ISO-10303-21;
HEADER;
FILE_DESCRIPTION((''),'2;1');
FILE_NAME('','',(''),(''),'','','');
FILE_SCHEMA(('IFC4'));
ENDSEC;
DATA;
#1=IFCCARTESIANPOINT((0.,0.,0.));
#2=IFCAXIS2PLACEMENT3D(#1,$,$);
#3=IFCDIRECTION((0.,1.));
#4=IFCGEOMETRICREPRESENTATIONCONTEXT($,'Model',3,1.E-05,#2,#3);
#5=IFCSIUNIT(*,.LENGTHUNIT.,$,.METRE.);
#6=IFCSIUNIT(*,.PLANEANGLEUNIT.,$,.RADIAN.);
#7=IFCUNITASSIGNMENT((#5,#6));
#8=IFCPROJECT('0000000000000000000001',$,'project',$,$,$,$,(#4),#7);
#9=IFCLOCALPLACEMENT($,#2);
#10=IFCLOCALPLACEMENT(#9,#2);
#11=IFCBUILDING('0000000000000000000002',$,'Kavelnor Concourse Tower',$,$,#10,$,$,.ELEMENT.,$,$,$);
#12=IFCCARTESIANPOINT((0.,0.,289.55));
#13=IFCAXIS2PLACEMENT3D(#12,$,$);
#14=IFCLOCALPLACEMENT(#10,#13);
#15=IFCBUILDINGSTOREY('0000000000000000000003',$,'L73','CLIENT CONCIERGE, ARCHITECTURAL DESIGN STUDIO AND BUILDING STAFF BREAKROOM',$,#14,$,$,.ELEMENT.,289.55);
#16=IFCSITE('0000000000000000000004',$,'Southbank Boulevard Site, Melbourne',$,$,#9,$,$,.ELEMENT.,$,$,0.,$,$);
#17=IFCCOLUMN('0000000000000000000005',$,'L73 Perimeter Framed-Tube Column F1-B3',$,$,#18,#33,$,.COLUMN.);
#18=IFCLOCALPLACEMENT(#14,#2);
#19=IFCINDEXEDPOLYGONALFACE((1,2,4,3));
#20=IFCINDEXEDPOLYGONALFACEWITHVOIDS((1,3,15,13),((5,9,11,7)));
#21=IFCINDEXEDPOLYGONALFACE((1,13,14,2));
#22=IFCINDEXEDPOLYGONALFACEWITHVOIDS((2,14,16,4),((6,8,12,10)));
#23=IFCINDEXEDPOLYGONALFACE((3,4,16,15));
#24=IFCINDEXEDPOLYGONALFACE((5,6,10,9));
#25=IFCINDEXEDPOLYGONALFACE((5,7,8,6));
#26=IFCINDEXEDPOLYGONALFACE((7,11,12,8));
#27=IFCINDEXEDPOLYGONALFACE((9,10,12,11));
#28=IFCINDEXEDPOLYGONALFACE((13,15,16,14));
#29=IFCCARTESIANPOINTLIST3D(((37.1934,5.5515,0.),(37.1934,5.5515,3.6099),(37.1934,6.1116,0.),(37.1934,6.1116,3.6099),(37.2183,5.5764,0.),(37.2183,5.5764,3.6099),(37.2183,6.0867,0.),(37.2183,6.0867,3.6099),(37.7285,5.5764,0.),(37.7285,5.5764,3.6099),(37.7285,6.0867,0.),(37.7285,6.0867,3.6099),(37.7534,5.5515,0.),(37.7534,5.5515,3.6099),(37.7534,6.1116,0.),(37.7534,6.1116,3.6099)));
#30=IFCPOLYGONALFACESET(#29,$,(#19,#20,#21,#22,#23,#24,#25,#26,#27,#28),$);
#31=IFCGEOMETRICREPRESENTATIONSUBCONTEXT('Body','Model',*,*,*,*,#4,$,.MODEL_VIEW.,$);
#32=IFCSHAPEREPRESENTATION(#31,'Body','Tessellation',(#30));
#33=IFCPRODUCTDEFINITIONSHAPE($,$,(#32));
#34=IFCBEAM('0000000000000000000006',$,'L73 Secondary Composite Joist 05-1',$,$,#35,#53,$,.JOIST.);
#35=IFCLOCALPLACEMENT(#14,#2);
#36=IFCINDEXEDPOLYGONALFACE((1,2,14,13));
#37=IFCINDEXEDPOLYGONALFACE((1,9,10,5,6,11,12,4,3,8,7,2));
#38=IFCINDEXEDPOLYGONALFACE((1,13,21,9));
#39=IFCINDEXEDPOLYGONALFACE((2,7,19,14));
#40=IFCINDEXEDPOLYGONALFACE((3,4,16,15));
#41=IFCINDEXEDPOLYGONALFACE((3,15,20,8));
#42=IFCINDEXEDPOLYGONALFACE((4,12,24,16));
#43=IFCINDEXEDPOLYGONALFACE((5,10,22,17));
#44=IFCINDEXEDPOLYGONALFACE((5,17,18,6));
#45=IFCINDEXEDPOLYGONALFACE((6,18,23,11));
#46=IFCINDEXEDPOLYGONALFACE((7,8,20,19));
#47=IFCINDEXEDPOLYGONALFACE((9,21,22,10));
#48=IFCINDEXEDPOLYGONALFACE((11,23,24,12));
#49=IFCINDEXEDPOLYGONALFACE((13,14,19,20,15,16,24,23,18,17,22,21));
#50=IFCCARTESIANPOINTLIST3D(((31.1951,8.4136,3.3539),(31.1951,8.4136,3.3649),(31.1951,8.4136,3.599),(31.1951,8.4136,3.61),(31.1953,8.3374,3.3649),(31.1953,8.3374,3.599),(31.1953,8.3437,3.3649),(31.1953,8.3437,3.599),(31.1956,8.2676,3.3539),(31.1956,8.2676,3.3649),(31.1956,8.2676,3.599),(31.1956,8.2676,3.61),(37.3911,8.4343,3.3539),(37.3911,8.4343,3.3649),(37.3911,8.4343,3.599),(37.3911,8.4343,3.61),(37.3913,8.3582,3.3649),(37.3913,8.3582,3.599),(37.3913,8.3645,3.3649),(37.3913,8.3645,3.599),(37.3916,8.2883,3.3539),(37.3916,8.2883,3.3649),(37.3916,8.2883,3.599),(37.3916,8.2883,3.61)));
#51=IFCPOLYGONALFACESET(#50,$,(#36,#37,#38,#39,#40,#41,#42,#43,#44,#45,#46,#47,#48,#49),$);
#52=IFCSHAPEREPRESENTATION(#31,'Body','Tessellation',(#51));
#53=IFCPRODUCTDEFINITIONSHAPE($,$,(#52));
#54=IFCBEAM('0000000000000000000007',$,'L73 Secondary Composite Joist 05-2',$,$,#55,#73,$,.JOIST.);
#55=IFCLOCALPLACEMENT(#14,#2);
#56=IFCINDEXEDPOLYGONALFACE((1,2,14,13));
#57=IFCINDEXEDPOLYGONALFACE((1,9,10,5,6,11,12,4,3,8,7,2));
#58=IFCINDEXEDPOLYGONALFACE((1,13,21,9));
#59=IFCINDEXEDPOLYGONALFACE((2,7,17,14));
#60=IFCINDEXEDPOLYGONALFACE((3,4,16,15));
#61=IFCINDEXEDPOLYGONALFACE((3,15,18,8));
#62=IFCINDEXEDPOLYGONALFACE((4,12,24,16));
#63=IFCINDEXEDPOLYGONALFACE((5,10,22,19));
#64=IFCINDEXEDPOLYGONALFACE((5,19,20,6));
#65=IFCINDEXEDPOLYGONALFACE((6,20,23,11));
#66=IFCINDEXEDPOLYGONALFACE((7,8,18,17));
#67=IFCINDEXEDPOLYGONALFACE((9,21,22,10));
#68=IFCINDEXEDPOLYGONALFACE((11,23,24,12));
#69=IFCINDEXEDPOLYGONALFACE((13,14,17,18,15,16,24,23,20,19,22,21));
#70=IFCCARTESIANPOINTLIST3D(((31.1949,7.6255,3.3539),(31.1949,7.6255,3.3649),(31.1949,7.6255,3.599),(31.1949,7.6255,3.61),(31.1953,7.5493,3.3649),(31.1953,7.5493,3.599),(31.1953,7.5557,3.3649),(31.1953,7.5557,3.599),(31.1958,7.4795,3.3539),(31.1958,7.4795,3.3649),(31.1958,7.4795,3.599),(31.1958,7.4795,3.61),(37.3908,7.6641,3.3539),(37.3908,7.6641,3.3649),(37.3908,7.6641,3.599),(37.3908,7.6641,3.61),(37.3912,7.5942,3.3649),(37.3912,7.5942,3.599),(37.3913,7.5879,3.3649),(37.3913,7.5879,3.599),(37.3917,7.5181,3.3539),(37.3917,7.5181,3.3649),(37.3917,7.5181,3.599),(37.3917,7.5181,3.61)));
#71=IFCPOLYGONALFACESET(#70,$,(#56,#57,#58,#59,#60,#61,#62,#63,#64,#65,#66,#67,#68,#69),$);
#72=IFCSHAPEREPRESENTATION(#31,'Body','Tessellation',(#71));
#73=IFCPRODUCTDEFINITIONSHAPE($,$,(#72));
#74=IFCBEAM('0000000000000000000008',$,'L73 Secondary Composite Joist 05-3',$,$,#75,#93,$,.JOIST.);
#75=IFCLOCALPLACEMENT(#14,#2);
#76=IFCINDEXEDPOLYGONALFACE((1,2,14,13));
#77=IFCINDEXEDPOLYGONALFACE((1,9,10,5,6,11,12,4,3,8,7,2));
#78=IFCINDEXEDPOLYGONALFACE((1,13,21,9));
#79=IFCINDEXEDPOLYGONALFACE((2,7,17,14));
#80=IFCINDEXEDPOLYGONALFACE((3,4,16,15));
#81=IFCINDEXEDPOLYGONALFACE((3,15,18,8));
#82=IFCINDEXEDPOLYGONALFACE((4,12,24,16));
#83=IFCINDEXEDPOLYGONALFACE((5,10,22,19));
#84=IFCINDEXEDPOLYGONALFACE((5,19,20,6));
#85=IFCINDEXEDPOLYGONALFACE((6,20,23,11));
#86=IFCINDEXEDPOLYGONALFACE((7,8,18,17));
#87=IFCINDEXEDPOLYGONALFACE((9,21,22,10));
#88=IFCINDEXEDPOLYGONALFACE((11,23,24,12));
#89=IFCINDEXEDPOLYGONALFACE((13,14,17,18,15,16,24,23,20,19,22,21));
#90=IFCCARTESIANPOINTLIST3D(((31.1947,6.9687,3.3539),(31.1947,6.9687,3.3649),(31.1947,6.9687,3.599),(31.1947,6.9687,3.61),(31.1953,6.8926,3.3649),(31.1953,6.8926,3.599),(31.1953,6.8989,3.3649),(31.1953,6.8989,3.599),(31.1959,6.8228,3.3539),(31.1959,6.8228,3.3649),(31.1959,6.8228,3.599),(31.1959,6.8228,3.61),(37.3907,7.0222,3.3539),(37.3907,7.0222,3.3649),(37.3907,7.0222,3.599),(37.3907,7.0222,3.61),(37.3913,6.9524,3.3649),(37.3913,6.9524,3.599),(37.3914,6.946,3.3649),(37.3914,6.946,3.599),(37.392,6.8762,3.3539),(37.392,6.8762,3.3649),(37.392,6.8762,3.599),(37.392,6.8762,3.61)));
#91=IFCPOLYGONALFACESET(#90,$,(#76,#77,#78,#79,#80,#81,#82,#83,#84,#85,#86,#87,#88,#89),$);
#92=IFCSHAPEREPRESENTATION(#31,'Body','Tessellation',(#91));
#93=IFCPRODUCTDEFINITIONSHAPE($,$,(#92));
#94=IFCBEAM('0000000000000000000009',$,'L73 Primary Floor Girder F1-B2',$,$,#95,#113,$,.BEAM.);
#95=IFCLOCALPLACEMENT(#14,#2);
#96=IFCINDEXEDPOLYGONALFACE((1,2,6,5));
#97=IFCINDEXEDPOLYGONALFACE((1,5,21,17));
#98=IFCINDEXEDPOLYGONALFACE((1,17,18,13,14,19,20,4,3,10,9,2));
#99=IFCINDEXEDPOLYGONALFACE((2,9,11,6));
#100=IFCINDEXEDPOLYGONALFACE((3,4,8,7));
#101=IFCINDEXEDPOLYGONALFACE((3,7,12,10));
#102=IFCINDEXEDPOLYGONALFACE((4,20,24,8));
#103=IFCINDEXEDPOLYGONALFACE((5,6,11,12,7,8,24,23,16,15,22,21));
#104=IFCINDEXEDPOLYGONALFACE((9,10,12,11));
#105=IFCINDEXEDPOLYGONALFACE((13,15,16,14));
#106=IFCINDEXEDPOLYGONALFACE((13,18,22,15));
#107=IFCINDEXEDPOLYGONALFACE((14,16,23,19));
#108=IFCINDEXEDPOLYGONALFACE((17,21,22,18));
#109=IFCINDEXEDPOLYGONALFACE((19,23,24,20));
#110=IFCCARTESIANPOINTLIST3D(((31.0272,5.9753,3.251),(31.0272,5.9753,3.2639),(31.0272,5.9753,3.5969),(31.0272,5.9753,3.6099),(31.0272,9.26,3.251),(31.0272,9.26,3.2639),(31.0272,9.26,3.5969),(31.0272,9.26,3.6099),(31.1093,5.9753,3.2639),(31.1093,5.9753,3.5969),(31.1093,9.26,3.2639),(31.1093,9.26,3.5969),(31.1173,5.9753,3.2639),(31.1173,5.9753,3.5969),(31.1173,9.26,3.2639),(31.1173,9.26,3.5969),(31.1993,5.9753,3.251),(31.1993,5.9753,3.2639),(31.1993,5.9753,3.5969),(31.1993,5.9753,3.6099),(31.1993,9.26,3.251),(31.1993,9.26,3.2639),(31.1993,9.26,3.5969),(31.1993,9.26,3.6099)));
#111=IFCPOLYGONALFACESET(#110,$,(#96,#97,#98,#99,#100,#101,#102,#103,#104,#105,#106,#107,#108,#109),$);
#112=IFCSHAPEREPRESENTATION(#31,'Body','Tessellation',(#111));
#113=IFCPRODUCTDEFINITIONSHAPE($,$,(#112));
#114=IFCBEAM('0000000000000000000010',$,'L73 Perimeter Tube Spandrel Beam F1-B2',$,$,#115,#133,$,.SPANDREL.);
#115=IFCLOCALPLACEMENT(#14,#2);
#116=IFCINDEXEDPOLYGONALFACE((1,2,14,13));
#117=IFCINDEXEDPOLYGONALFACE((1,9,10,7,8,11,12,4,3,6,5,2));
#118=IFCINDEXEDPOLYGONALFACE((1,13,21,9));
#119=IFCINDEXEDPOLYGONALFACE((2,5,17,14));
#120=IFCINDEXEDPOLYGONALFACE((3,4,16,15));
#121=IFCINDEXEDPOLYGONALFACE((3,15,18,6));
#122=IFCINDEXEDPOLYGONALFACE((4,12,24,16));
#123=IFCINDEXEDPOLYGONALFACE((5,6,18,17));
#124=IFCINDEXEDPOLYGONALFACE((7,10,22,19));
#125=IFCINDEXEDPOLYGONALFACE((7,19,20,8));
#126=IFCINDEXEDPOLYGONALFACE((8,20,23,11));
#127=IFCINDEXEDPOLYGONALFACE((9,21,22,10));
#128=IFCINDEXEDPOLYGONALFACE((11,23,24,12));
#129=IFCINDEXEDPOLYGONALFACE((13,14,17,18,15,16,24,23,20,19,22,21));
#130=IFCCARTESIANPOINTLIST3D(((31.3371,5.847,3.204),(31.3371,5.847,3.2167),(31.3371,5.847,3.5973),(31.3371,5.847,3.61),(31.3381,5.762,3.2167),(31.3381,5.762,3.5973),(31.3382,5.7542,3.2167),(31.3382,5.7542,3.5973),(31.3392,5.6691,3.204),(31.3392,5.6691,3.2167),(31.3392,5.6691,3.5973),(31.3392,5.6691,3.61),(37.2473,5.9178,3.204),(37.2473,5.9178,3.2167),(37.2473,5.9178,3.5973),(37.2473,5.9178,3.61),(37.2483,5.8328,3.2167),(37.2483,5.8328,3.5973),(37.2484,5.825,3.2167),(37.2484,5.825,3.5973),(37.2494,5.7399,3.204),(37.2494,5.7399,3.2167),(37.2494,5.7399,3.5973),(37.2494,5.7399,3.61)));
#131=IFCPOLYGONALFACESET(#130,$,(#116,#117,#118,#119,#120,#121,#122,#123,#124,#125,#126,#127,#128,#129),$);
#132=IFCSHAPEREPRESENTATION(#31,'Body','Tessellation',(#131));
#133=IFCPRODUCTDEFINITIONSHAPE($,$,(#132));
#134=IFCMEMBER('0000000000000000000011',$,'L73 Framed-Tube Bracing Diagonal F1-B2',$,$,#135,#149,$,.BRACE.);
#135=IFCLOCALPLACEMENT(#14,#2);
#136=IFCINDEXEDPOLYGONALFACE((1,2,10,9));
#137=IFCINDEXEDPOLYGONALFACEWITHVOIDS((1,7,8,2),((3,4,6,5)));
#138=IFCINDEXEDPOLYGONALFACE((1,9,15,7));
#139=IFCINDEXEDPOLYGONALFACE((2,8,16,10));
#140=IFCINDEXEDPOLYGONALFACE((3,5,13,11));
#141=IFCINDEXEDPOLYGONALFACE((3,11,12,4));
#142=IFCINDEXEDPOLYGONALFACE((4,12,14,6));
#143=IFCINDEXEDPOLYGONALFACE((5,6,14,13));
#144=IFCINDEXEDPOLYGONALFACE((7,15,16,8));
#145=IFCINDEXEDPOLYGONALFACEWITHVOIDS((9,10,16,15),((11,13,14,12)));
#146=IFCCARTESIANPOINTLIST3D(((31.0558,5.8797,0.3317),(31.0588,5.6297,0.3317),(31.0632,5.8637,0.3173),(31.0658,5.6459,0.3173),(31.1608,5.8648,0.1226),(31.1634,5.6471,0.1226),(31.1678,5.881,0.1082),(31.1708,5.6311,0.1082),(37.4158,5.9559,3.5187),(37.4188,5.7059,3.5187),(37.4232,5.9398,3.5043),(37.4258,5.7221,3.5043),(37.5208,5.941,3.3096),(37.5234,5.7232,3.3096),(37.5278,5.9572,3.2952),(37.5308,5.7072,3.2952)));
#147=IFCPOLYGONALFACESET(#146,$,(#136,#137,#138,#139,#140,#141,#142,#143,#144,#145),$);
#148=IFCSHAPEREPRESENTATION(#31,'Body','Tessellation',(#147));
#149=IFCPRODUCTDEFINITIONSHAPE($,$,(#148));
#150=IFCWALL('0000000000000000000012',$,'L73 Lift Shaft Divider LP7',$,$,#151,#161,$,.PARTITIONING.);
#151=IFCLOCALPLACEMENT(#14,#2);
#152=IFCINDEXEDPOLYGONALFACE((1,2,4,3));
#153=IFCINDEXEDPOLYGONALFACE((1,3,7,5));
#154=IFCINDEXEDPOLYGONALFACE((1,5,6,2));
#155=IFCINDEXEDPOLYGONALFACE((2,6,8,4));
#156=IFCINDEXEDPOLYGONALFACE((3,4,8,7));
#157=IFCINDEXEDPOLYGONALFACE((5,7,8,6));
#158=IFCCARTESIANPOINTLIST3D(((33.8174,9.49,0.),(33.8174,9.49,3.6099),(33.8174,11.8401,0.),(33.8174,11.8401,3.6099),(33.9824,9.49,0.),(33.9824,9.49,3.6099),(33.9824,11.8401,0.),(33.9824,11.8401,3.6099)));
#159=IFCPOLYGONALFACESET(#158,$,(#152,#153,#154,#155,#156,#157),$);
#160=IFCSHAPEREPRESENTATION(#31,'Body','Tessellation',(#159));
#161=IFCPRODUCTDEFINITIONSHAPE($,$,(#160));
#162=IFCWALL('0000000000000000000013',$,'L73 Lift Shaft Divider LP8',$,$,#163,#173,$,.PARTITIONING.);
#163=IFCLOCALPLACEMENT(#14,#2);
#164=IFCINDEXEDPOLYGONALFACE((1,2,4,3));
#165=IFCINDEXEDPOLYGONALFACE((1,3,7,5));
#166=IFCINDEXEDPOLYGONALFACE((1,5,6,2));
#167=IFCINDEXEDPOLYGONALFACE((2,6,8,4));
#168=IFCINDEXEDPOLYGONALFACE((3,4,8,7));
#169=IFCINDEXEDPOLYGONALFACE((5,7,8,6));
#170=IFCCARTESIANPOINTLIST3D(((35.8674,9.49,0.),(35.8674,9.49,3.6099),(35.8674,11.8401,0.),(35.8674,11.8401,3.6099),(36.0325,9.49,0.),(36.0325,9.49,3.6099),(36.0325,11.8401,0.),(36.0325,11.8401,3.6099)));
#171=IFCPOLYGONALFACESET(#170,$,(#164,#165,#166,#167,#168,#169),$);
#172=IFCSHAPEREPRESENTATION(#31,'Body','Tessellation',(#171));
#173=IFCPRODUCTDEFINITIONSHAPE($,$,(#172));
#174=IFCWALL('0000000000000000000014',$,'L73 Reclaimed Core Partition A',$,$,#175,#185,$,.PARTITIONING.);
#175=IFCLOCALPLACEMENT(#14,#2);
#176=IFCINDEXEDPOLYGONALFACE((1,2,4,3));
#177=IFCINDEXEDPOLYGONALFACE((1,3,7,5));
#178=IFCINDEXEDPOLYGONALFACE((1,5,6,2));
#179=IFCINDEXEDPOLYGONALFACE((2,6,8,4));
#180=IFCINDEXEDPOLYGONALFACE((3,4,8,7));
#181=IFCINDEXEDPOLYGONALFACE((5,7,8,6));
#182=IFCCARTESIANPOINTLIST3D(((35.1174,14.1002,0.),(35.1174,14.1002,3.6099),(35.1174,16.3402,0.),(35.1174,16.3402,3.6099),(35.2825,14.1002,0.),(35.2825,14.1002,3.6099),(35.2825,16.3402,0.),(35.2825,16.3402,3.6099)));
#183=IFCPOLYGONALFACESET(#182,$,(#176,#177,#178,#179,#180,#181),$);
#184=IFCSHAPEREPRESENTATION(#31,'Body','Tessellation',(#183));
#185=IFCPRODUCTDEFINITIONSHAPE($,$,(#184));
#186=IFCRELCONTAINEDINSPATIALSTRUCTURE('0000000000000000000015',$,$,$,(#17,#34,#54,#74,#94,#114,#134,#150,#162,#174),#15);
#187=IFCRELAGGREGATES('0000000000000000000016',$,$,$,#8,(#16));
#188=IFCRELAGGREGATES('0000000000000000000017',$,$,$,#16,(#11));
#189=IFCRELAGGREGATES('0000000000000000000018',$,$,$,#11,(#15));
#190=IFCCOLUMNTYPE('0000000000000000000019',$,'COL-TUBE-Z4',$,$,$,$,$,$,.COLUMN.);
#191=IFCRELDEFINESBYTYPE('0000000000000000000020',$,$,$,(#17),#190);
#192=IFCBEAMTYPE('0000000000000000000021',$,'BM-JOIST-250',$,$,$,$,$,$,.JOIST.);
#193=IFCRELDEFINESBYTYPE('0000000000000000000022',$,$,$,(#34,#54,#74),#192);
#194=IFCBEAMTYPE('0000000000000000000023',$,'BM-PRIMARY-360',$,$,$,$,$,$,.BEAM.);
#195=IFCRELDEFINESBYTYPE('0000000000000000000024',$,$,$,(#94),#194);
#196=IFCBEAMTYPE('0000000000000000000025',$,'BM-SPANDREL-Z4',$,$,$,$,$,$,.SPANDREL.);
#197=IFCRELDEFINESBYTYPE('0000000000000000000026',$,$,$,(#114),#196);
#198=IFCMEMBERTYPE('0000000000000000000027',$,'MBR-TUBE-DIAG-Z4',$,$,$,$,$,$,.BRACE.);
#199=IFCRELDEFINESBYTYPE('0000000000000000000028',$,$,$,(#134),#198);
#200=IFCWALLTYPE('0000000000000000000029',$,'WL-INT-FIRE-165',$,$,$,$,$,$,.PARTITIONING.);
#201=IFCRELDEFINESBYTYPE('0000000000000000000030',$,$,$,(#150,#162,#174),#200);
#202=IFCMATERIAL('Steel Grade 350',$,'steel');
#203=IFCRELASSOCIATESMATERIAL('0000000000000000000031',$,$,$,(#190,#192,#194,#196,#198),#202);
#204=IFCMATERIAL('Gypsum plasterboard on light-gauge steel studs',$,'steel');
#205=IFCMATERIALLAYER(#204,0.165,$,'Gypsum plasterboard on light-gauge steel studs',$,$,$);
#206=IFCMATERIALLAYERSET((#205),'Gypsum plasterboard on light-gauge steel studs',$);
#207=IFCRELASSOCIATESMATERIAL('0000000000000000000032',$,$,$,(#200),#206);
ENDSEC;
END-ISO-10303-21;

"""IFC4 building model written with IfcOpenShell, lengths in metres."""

from ifc_helpers import new_model, si_unit, direction, frame, frame_2d, origin, origin_2d, place, context, subcontext, project, spatial, rectangle, hollow_rectangle, i_section, extrude, material, layer, layer_set, material_profile, profile_set, type_object, element, save


model = new_model("IFC4")

# Units and contexts
model_context = context("Model", 3, precision=1e-05, world=origin(), true_north=direction((0.0, 1.0)))
body_context = subcontext(model_context, "Body", "Model", "MODEL_VIEW")
ifc_project = project(units=[si_unit("LENGTHUNIT", "METRE"), si_unit("PLANEANGLEUNIT", "RADIAN")], contexts=[model_context])

# Site, building, storey
site_placement = place(None, origin())
site = spatial("IfcSite", under=ifc_project, at=site_placement, Name="Southbank Boulevard Site, Melbourne", CompositionType="ELEMENT", RefElevation=0.0)
building_placement = place(site_placement, origin())
building = spatial("IfcBuilding", under=site, at=building_placement, Name="Kavelnor Concourse Tower", CompositionType="ELEMENT")
storey_placement = place(building_placement, frame((0.0, 0.0, 289.55)))
storey = spatial("IfcBuildingStorey", under=building, at=storey_placement, Name="L73", Description="CLIENT CONCIERGE, ARCHITECTURAL DESIGN STUDIO AND BUILDING STAFF BREAKROOM", CompositionType="ELEMENT", Elevation=289.55)

# Column
ifc_material_1 = material(Name="Steel Grade 350", Category="steel")
ifc_material_profile_1 = material_profile(ifc_material_1, hollow_rectangle(XDim=0.5601, YDim=0.5601, WallThickness=0.0249, at=origin_2d()), Name="SHS 560x560x25")
ifc_profile_set_1 = profile_set([ifc_material_profile_1], Name="Steel Grade 350")
column_type = type_object("IfcColumnType", Name="COL-TUBE-Z4", PredefinedType="COLUMN", material=ifc_profile_set_1)
column_placement = place(storey_placement, frame((37.4734, 5.8315, 0.0), z_axis=(0.0, 0.0, 1.0), x_axis=(1.0, 0.0, 0.0)))
element("IfcColumn", 1, at=column_placement, inside=storey, type_object=column_type, Name="L73 Perimeter Framed-Tube Column F1-B3", PredefinedType="COLUMN", context=body_context, shape_type="SweptSolid", body=[
    extrude(hollow_rectangle(XDim=0.5601, YDim=0.5601, WallThickness=0.0249, at=origin_2d()), origin(), (0.0, 0.0, 1.0), 3.6099),
])

# Beams
ifc_material_profile_2 = material_profile(ifc_material_1, i_section(OverallWidth=0.146, OverallDepth=0.2561, WebThickness=0.0063, FlangeThickness=0.011, at=origin_2d()), Name="250UB37")
ifc_profile_set_2 = profile_set([ifc_material_profile_2], Name="Steel Grade 350")
beam_type_1 = type_object("IfcBeamType", Name="BM-JOIST-250", PredefinedType="JOIST", material=ifc_profile_set_2)
for number, where, z_axis, x_axis, name in (
    (2, (31.1953, 8.3406, 3.4819), (0.999994, 0.003349, 0.0), (-0.003349, 0.999994, 0.0), "L73 Secondary Composite Joist 05-1"),
    (3, (31.1953, 7.5525, 3.4819), (0.999981, 0.006225, 0.0), (-0.006225, 0.999981, 0.0), "L73 Secondary Composite Joist 05-2"),
):
    element("IfcBeam", number, at=place(storey_placement, frame(where, z_axis=z_axis, x_axis=x_axis)), inside=storey, type_object=beam_type_1, Name=name, PredefinedType="JOIST", context=body_context, shape_type="SweptSolid", body=[
        extrude(i_section(OverallWidth=0.146, OverallDepth=0.2561, WebThickness=0.0063, FlangeThickness=0.011, at=origin_2d()), origin(), (0.0, 0.0, 1.0), 6.196),
    ])
beam_1_placement = place(storey_placement, frame((31.1953, 6.8958, 3.4819), z_axis=(0.999963, 0.008629, 0.0), x_axis=(-0.008629, 0.999963, 0.0)))
element("IfcBeam", 4, at=beam_1_placement, inside=storey, type_object=beam_type_1, Name="L73 Secondary Composite Joist 05-3", PredefinedType="JOIST", context=body_context, shape_type="SweptSolid", body=[
    extrude(i_section(OverallWidth=0.146, OverallDepth=0.2561, WebThickness=0.0063, FlangeThickness=0.011, at=origin_2d()), origin(), (0.0, 0.0, 1.0), 6.1963),
])
ifc_material_profile_3 = material_profile(ifc_material_1, i_section(OverallWidth=0.1721, OverallDepth=0.3589, WebThickness=0.0081, FlangeThickness=0.0129, at=origin_2d()), Name="360UB56")
ifc_profile_set_3 = profile_set([ifc_material_profile_3], Name="Steel Grade 350")
beam_type_2 = type_object("IfcBeamType", Name="BM-PRIMARY-360", PredefinedType="BEAM", material=ifc_profile_set_3)
beam_2_placement = place(storey_placement, frame((31.1133, 9.26, 3.4304), z_axis=(0.0, -1.0, 0.0), x_axis=(1.0, 0.0, 0.0)))
element("IfcBeam", 5, at=beam_2_placement, inside=storey, type_object=beam_type_2, Name="L73 Primary Floor Girder F1-B2", PredefinedType="BEAM", context=body_context, shape_type="SweptSolid", body=[
    extrude(i_section(OverallWidth=0.1721, OverallDepth=0.3589, WebThickness=0.0081, FlangeThickness=0.0129, at=origin_2d()), origin(), (0.0, 0.0, 1.0), 3.2847),
])
ifc_material_profile_4 = material_profile(ifc_material_1, i_section(OverallWidth=0.178, OverallDepth=0.406, WebThickness=0.0078, FlangeThickness=0.0127, at=origin_2d()), Name="410UB59")
ifc_profile_set_4 = profile_set([ifc_material_profile_4], Name="Steel Grade 350")
beam_type_3 = type_object("IfcBeamType", Name="BM-SPANDREL-Z4", PredefinedType="SPANDREL", material=ifc_profile_set_4)
beam_3_placement = place(storey_placement, frame((31.3381, 5.7581, 3.407), z_axis=(0.999928, 0.011979, 0.0), x_axis=(-0.011979, 0.999928, 0.0)))
element("IfcBeam", 6, at=beam_3_placement, inside=storey, type_object=beam_type_3, Name="L73 Perimeter Tube Spandrel Beam F1-B2", PredefinedType="SPANDREL", context=body_context, shape_type="SweptSolid", body=[
    extrude(i_section(OverallWidth=0.178, OverallDepth=0.406, WebThickness=0.0078, FlangeThickness=0.0127, at=origin_2d()), origin(), (0.0, 0.0, 1.0), 5.9106),
])

# Member
ifc_material_profile_5 = material_profile(ifc_material_1, hollow_rectangle(XDim=0.25, YDim=0.25, WallThickness=0.0161, at=origin_2d()), Name="SHS 250x250x16")
ifc_profile_set_5 = profile_set([ifc_material_profile_5], Name="Steel Grade 350")
member_type = type_object("IfcMemberType", Name="MBR-TUBE-DIAG-Z4", PredefinedType="BRACE", material=ifc_profile_set_5)
member_placement = place(storey_placement, frame((31.1133, 5.7554, 0.22), z_axis=(0.893984, 0.010707, 0.44797), x_axis=(-0.011976, 0.999928, 0.0)))
element("IfcMember", 7, at=member_placement, inside=storey, type_object=member_type, Name="L73 Framed-Tube Bracing Diagonal F1-B2", PredefinedType="BRACE", context=body_context, shape_type="SweptSolid", body=[
    extrude(hollow_rectangle(XDim=0.25, YDim=0.25, WallThickness=0.0161, at=origin_2d()), origin(), (0.0, 0.0, 1.0), 7.1143),
])

# Walls
ifc_material_2 = material(Name="Gypsum plasterboard on light-gauge steel studs", Category="steel")
ifc_layer_1 = layer(ifc_material_2, 0.165, Name="Gypsum plasterboard on light-gauge steel studs")
ifc_layer_set_1 = layer_set([ifc_layer_1], Name="Gypsum plasterboard on light-gauge steel studs")
wall_type_1 = type_object("IfcWallType", Name="WL-INT-FIRE-165", PredefinedType="PARTITIONING", material=ifc_layer_set_1)
for number, where, z_axis, x_axis, name in (
    (8, (33.8999, 9.49, 0.0), (0.0, 0.0, 1.0), (0.0, 1.0, 0.0), "L73 Lift Shaft Divider LP7"),
    (9, (35.95, 9.49, 0.0), (0.0, 0.0, 1.0), (0.0, 1.0, 0.0), "L73 Lift Shaft Divider LP8"),
):
    element("IfcWall", number, at=place(storey_placement, frame(where, z_axis=z_axis, x_axis=x_axis)), inside=storey, type_object=wall_type_1, Name=name, PredefinedType="PARTITIONING", context=body_context, shape_type="SweptSolid", body=[
        extrude(rectangle(XDim=2.3501, YDim=0.165, at=frame_2d((1.175, 0.0))), origin(), (0.0, 0.0, 1.0), 3.6099),
    ])
wall_1_placement = place(storey_placement, frame((35.2, 14.1001, 0.0), z_axis=(0.0, 0.0, 1.0), x_axis=(0.0, 1.0, 0.0)))
element("IfcWall", 10, at=wall_1_placement, inside=storey, type_object=wall_type_1, Name="L73 Reclaimed Core Partition A", PredefinedType="PARTITIONING", context=body_context, shape_type="SweptSolid", body=[
    extrude(rectangle(XDim=2.24, YDim=0.165, at=frame_2d((1.1201, 0.0))), origin(), (0.0, 0.0, 1.0), 3.6099),
])

save(model, "model.ifc")
